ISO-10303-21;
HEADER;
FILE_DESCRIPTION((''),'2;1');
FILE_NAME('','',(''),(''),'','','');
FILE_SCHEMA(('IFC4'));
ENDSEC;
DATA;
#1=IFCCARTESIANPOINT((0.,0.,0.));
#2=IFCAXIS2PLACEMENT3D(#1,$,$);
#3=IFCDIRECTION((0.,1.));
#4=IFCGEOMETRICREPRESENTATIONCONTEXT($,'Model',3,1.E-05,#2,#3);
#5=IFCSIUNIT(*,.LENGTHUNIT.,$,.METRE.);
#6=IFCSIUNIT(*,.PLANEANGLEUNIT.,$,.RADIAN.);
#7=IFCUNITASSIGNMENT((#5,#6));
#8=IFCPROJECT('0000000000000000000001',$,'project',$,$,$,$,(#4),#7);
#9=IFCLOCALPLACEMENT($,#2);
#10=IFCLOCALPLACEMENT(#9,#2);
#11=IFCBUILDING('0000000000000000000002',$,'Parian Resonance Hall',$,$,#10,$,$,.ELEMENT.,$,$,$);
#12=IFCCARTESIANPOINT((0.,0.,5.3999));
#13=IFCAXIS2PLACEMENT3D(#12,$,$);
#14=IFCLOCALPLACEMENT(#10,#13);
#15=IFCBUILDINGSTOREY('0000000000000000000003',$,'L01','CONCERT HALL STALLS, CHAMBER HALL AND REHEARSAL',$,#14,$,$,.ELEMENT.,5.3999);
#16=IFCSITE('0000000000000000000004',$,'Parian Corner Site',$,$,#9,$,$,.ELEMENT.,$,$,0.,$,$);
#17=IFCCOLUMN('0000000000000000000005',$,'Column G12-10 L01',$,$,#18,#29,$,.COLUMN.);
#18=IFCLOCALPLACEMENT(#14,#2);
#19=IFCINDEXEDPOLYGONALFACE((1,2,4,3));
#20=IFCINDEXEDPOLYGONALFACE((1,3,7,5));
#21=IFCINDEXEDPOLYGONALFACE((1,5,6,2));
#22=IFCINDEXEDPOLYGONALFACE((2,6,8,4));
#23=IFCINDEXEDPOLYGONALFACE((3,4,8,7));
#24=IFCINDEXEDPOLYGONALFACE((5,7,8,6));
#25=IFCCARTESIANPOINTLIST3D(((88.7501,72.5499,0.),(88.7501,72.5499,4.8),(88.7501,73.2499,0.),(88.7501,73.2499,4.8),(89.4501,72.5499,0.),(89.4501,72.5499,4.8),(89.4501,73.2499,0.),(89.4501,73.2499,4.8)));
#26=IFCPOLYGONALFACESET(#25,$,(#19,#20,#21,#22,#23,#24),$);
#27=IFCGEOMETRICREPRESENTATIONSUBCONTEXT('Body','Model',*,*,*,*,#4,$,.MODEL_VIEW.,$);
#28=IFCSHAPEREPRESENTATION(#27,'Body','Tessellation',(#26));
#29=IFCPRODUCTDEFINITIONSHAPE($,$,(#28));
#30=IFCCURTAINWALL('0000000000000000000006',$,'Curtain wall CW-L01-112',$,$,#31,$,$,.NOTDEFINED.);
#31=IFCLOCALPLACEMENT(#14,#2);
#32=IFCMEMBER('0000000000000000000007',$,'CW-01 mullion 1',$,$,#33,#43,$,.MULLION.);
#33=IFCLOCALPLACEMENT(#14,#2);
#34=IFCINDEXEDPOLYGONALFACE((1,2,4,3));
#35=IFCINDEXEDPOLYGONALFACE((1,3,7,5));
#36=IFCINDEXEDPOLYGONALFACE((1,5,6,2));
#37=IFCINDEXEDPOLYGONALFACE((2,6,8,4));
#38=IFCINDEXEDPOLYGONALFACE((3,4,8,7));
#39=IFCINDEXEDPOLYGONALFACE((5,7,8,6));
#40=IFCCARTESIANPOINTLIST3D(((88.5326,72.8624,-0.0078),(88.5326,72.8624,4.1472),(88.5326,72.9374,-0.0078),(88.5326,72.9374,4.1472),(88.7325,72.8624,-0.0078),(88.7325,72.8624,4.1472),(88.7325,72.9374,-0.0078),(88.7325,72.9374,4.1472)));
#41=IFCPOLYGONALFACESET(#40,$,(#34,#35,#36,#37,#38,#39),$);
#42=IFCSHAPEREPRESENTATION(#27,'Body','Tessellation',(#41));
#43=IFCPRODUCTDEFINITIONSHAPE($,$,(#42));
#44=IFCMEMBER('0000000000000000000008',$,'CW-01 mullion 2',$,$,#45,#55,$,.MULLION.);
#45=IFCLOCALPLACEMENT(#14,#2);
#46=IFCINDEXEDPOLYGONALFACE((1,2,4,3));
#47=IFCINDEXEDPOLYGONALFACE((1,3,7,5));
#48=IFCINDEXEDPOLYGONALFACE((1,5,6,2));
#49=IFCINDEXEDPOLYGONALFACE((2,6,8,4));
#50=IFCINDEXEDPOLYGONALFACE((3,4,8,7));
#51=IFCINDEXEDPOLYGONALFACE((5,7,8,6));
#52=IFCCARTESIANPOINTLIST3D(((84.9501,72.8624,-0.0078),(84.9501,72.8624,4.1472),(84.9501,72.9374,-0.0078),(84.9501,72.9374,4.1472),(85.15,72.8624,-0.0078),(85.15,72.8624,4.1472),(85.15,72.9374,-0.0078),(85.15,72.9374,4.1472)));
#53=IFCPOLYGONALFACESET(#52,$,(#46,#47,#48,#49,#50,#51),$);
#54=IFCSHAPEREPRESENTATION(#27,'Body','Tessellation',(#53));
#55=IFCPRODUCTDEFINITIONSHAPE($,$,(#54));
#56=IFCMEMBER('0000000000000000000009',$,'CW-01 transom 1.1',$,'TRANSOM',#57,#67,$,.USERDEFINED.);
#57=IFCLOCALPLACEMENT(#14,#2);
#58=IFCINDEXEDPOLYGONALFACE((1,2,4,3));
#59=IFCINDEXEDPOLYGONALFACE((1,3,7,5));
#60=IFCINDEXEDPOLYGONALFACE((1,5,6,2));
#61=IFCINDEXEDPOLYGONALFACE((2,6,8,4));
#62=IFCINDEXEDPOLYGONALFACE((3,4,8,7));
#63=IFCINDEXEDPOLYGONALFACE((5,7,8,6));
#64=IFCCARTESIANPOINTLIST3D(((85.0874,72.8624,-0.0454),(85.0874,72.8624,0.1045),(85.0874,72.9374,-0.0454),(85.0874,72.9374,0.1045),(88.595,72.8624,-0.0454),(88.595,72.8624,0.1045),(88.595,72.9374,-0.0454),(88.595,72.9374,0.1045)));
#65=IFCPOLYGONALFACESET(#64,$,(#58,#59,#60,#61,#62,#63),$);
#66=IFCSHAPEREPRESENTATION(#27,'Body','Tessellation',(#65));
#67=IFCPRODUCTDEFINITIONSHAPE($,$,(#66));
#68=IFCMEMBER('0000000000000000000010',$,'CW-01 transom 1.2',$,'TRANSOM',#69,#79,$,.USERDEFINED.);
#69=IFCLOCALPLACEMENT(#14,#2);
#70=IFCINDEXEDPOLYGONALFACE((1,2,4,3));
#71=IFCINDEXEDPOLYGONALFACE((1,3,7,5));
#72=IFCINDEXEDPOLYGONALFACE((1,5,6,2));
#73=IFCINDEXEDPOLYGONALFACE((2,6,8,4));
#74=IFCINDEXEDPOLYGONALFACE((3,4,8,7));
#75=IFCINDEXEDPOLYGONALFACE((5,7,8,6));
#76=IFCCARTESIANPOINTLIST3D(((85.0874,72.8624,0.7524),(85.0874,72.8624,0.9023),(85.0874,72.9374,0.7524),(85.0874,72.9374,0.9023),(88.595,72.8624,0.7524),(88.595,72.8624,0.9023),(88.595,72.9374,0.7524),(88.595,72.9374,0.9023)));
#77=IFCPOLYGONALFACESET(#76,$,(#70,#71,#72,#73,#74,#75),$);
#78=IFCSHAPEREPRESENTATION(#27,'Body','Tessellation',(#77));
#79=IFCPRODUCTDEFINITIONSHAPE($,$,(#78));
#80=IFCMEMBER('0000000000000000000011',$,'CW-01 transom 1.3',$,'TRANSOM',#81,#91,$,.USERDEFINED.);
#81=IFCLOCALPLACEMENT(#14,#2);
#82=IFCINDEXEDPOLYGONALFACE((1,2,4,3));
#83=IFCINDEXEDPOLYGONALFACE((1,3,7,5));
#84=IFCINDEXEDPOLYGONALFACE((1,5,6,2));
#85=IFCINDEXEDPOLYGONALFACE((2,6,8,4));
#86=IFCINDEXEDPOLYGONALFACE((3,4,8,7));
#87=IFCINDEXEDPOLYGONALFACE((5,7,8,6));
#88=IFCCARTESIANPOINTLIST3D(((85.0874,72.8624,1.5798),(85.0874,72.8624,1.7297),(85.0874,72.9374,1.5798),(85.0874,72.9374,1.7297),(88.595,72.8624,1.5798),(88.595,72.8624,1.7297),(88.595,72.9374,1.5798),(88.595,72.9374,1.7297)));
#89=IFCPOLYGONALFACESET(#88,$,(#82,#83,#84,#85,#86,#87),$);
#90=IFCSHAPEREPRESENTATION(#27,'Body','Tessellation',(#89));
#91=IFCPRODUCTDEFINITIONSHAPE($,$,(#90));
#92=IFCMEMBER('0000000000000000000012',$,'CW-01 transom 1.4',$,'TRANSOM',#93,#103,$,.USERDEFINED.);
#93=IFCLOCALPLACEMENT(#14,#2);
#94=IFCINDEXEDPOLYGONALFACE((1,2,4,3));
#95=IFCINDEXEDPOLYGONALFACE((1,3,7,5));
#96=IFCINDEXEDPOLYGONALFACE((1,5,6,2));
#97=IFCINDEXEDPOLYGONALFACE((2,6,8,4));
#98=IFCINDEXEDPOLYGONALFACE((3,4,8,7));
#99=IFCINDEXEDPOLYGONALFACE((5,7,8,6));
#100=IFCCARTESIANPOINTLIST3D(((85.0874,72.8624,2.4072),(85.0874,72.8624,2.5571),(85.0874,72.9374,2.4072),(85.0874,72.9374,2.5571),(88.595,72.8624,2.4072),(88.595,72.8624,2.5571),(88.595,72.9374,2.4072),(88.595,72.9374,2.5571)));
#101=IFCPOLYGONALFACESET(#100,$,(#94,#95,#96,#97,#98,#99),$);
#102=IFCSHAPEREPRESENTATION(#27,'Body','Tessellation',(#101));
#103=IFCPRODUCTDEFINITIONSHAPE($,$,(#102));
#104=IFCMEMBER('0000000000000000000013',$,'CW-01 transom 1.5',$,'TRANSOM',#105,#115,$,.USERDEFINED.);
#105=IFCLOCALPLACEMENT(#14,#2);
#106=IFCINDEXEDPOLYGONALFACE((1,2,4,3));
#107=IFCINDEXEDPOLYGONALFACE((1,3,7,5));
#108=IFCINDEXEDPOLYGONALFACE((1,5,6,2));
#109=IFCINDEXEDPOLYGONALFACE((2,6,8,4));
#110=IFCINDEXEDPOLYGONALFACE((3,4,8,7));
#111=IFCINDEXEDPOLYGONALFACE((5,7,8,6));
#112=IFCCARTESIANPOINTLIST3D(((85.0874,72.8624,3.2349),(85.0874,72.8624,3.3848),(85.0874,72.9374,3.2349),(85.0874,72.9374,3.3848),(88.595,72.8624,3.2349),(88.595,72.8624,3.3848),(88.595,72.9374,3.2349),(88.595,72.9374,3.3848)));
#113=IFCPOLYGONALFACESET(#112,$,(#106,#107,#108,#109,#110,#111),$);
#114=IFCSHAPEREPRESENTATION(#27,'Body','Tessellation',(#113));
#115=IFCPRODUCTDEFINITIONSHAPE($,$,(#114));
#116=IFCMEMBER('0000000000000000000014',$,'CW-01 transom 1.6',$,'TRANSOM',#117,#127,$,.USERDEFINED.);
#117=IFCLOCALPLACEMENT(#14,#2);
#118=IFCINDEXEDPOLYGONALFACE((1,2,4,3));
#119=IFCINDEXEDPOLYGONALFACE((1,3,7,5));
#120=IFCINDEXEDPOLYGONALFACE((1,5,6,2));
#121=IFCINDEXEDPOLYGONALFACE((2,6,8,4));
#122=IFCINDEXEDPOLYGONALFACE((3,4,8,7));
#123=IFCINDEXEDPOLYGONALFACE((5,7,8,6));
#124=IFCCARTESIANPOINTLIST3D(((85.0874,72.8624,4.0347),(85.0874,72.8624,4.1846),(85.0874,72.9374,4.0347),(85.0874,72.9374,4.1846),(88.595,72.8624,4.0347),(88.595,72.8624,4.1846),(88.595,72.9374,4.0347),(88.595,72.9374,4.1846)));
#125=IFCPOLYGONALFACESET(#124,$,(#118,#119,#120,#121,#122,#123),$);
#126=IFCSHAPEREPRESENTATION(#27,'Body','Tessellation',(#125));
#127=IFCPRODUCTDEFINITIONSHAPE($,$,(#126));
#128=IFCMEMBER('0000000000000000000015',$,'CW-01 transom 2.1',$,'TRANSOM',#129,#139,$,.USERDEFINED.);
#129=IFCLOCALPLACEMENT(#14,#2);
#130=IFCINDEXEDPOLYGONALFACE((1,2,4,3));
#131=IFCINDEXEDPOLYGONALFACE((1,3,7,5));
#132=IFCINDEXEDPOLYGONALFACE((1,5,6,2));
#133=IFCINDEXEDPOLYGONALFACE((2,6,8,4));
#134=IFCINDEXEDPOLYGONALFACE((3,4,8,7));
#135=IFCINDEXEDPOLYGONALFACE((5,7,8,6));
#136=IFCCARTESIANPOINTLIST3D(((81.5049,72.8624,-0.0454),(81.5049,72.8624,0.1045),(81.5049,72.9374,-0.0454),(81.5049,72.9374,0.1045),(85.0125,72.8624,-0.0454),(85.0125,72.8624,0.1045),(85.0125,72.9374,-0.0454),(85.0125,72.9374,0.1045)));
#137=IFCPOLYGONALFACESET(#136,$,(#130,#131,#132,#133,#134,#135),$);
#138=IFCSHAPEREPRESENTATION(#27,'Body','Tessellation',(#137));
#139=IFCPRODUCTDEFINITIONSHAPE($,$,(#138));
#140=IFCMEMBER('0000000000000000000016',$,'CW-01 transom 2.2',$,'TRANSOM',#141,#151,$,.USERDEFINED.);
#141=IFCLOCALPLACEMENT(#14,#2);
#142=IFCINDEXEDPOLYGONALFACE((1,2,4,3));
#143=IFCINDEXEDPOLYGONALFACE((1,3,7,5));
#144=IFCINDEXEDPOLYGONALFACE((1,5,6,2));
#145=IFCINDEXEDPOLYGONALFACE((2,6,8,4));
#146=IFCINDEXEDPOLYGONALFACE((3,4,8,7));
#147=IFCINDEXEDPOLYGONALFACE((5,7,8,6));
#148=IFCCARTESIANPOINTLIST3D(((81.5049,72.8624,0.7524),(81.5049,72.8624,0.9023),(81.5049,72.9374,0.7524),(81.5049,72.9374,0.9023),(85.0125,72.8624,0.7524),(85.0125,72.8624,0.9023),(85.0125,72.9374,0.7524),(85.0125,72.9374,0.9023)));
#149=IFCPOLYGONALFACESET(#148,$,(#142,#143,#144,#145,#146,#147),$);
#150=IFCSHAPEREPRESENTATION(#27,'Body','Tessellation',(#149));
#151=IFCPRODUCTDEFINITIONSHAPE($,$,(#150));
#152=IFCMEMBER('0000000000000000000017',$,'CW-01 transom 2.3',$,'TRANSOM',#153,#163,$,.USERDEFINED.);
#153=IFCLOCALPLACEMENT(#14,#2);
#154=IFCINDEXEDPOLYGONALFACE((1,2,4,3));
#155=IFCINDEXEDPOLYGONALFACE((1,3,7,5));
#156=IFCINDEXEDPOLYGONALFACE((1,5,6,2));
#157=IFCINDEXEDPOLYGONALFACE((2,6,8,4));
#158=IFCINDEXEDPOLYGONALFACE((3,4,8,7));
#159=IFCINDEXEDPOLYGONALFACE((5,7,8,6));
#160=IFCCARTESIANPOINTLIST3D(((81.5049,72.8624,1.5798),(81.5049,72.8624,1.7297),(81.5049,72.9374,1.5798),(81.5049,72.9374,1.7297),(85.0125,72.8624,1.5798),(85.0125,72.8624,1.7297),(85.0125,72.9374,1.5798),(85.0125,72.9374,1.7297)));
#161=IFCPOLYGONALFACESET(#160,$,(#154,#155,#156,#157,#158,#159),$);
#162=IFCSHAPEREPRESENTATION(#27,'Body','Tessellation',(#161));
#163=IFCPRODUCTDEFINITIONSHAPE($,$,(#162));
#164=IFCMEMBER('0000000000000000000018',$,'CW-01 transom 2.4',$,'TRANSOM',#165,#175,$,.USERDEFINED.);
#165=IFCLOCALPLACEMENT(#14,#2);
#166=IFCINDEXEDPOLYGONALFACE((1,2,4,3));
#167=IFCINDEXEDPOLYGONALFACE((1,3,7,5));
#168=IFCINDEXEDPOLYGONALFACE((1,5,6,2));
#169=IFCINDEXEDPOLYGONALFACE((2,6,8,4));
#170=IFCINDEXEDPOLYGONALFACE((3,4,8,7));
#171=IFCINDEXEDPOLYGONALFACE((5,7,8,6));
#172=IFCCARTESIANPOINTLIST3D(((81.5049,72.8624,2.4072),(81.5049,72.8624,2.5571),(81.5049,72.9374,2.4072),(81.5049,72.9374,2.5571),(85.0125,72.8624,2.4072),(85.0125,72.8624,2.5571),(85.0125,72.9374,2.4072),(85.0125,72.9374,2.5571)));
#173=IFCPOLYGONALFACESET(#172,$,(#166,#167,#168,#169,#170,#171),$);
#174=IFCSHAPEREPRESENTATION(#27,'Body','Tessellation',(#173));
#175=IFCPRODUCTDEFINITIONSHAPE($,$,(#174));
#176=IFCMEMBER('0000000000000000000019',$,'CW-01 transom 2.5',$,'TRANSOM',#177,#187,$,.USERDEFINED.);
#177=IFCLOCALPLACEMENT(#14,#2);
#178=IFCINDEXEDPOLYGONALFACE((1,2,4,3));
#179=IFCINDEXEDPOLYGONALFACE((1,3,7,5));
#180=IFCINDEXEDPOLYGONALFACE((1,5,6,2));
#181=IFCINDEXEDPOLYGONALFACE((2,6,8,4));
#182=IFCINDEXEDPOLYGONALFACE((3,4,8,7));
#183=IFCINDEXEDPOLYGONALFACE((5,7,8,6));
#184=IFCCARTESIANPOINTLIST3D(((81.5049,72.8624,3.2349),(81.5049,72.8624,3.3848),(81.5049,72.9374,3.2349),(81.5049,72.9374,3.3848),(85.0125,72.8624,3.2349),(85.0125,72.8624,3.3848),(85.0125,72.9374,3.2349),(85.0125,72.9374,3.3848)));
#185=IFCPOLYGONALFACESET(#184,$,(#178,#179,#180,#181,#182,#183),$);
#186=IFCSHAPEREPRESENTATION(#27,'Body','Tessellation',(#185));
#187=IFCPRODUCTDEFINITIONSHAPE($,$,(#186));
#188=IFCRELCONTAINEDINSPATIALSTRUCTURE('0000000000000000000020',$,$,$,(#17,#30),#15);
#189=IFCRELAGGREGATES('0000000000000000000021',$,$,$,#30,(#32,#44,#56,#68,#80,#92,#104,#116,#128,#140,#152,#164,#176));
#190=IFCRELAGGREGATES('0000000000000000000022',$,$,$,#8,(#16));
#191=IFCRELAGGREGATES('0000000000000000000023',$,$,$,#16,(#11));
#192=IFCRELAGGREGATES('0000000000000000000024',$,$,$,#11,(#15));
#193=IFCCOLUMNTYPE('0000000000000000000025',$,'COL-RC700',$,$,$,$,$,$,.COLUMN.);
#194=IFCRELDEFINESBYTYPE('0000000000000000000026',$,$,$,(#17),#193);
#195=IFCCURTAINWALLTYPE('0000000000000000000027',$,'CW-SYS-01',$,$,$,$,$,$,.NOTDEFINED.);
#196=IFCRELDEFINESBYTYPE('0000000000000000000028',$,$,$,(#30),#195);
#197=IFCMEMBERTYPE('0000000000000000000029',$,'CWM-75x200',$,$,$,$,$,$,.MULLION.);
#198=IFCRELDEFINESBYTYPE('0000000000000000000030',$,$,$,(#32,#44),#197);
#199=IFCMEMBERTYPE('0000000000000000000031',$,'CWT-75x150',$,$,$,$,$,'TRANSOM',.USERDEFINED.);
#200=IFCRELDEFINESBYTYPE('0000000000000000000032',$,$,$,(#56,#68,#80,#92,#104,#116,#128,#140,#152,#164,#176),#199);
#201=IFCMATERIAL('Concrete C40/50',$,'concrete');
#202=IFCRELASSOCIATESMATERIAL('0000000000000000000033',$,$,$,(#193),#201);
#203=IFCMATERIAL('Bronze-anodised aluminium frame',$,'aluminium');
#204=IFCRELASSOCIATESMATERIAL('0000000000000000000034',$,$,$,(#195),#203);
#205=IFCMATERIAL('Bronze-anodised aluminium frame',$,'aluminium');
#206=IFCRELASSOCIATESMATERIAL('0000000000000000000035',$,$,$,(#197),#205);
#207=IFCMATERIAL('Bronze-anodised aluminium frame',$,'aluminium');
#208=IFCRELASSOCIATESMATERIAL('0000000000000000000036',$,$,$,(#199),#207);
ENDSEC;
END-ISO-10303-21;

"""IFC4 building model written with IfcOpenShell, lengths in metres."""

from ifc_helpers import new_model, si_unit, direction, frame, origin, origin_2d, place, context, subcontext, project, spatial, rectangle, extrude, material, material_profile, profile_set, type_object, element, aggregate, save


model = new_model("IFC4")

# Units and contexts
model_context = context("Model", 3, precision=1e-05, world=origin(), true_north=direction((0.0, 1.0)))
body_context = subcontext(model_context, "Body", "Model", "MODEL_VIEW")
ifc_project = project(units=[si_unit("LENGTHUNIT", "METRE"), si_unit("PLANEANGLEUNIT", "RADIAN")], contexts=[model_context])

# Site, building, storey
site_placement = place(None, origin())
site = spatial("IfcSite", under=ifc_project, at=site_placement, Name="Parian Corner Site", CompositionType="ELEMENT", RefElevation=0.0)
building_placement = place(site_placement, origin())
building = spatial("IfcBuilding", under=site, at=building_placement, Name="Parian Resonance Hall", CompositionType="ELEMENT")
storey_placement = place(building_placement, frame((0.0, 0.0, 5.3999)))
storey = spatial("IfcBuildingStorey", under=building, at=storey_placement, Name="L01", Description="CONCERT HALL STALLS, CHAMBER HALL AND REHEARSAL", CompositionType="ELEMENT", Elevation=5.3999)

# Column
ifc_material_1 = material(Name="Concrete C40/50", Category="concrete")
ifc_material_profile_1 = material_profile(ifc_material_1, rectangle(XDim=0.7, YDim=0.7, at=origin_2d()), Name="RC-COL-700x700")
ifc_profile_set_1 = profile_set([ifc_material_profile_1], Name="Concrete C40/50")
column_type = type_object("IfcColumnType", Name="COL-RC700", PredefinedType="COLUMN", material=ifc_profile_set_1)
column_placement = place(storey_placement, frame((89.1001, 72.8999, 0.0), z_axis=(0.0, 0.0, 1.0), x_axis=(1.0, 0.0, 0.0)))
element("IfcColumn", 1, at=column_placement, inside=storey, type_object=column_type, Name="Column G12-10 L01", PredefinedType="COLUMN", context=body_context, shape_type="SweptSolid", body=[
    extrude(rectangle(XDim=0.7, YDim=0.7, at=origin_2d()), origin(), (0.0, 0.0, 1.0), 4.8),
])

# Curtain wall, members
ifc_material_2 = material(Name="Bronze-anodised aluminium frame", Category="aluminium")
curtain_wall_type = type_object("IfcCurtainWallType", Name="CW-SYS-01", PredefinedType="NOTDEFINED", material=ifc_material_2)
curtain_wall_placement = place(storey_placement, origin())
curtain_wall = element("IfcCurtainWall", 2, at=curtain_wall_placement, inside=storey, type_object=curtain_wall_type, Name="Curtain wall CW-L01-112", PredefinedType="NOTDEFINED")
ifc_material_3 = material(Name="Bronze-anodised aluminium frame", Category="aluminium")
ifc_material_profile_2 = material_profile(ifc_material_3, rectangle(XDim=0.075, YDim=0.2, at=origin_2d()), Name="CWM-75x200")
ifc_profile_set_2 = profile_set([ifc_material_profile_2], Name="Bronze-anodised aluminium frame")
member_type_1 = type_object("IfcMemberType", Name="CWM-75x200", PredefinedType="MULLION", material=ifc_profile_set_2)
member_1_placement = place(storey_placement, frame((88.6326, 72.8999, -0.0078), z_axis=(0.0, 0.0, 1.0), x_axis=(0.0, -1.0, 0.0)))
member_1 = element("IfcMember", 3, at=member_1_placement, type_object=member_type_1, Name="CW-01 mullion 1", PredefinedType="MULLION", context=body_context, shape_type="SweptSolid", body=[
    extrude(rectangle(XDim=0.075, YDim=0.2, at=origin_2d()), origin(), (0.0, 0.0, 1.0), 4.155),
])
member_2_placement = place(storey_placement, frame((85.05, 72.8999, -0.0078), z_axis=(0.0, 0.0, 1.0), x_axis=(0.0, -1.0, 0.0)))
member_2 = element("IfcMember", 4, at=member_2_placement, type_object=member_type_1, Name="CW-01 mullion 2", PredefinedType="MULLION", context=body_context, shape_type="SweptSolid", body=[
    extrude(rectangle(XDim=0.075, YDim=0.2, at=origin_2d()), origin(), (0.0, 0.0, 1.0), 4.155),
])
ifc_material_4 = material(Name="Bronze-anodised aluminium frame", Category="aluminium")
ifc_material_profile_3 = material_profile(ifc_material_4, rectangle(XDim=0.075, YDim=0.1499, at=origin_2d()), Name="CWT-75x150")
ifc_profile_set_3 = profile_set([ifc_material_profile_3], Name="Bronze-anodised aluminium frame")
member_type_2 = type_object("IfcMemberType", Name="CWT-75x150", ElementType="TRANSOM", PredefinedType="USERDEFINED", material=ifc_profile_set_3)
member_3_placement = place(storey_placement, frame((88.595, 72.8999, 0.0295), z_axis=(-1.0, 0.0, 0.0), x_axis=(0.0, -1.0, 0.0)))
member_3 = element("IfcMember", 5, at=member_3_placement, type_object=member_type_2, Name="CW-01 transom 1.1", ObjectType="TRANSOM", PredefinedType="USERDEFINED", context=body_context, shape_type="SweptSolid", body=[
    extrude(rectangle(XDim=0.075, YDim=0.1499, at=origin_2d()), origin(), (0.0, 0.0, 1.0), 3.5076),
])
member_4_placement = place(storey_placement, frame((88.595, 72.8999, 0.8274), z_axis=(-1.0, 0.0, 0.0), x_axis=(0.0, -1.0, 0.0)))
member_4 = element("IfcMember", 6, at=member_4_placement, type_object=member_type_2, Name="CW-01 transom 1.2", ObjectType="TRANSOM", PredefinedType="USERDEFINED", context=body_context, shape_type="SweptSolid", body=[
    extrude(rectangle(XDim=0.075, YDim=0.1499, at=origin_2d()), origin(), (0.0, 0.0, 1.0), 3.5076),
])
member_5_placement = place(storey_placement, frame((88.595, 72.8999, 1.6548), z_axis=(-1.0, 0.0, 0.0), x_axis=(0.0, -1.0, 0.0)))
member_5 = element("IfcMember", 7, at=member_5_placement, type_object=member_type_2, Name="CW-01 transom 1.3", ObjectType="TRANSOM", PredefinedType="USERDEFINED", context=body_context, shape_type="SweptSolid", body=[
    extrude(rectangle(XDim=0.075, YDim=0.1499, at=origin_2d()), origin(), (0.0, 0.0, 1.0), 3.5076),
])
member_6_placement = place(storey_placement, frame((88.595, 72.8999, 2.4822), z_axis=(-1.0, 0.0, 0.0), x_axis=(0.0, -1.0, 0.0)))
member_6 = element("IfcMember", 8, at=member_6_placement, type_object=member_type_2, Name="CW-01 transom 1.4", ObjectType="TRANSOM", PredefinedType="USERDEFINED", context=body_context, shape_type="SweptSolid", body=[
    extrude(rectangle(XDim=0.075, YDim=0.1499, at=origin_2d()), origin(), (0.0, 0.0, 1.0), 3.5076),
])
member_7_placement = place(storey_placement, frame((88.595, 72.8999, 3.3098), z_axis=(-1.0, 0.0, 0.0), x_axis=(0.0, -1.0, 0.0)))
member_7 = element("IfcMember", 9, at=member_7_placement, type_object=member_type_2, Name="CW-01 transom 1.5", ObjectType="TRANSOM", PredefinedType="USERDEFINED", context=body_context, shape_type="SweptSolid", body=[
    extrude(rectangle(XDim=0.075, YDim=0.1499, at=origin_2d()), origin(), (0.0, 0.0, 1.0), 3.5076),
])
member_8_placement = place(storey_placement, frame((88.595, 72.8999, 4.1096), z_axis=(-1.0, 0.0, 0.0), x_axis=(0.0, -1.0, 0.0)))
member_8 = element("IfcMember", 10, at=member_8_placement, type_object=member_type_2, Name="CW-01 transom 1.6", ObjectType="TRANSOM", PredefinedType="USERDEFINED", context=body_context, shape_type="SweptSolid", body=[
    extrude(rectangle(XDim=0.075, YDim=0.1499, at=origin_2d()), origin(), (0.0, 0.0, 1.0), 3.5076),
])
member_9_placement = place(storey_placement, frame((85.0125, 72.8999, 0.0295), z_axis=(-1.0, 0.0, 0.0), x_axis=(0.0, -1.0, 0.0)))
member_9 = element("IfcMember", 11, at=member_9_placement, type_object=member_type_2, Name="CW-01 transom 2.1", ObjectType="TRANSOM", PredefinedType="USERDEFINED", context=body_context, shape_type="SweptSolid", body=[
    extrude(rectangle(XDim=0.075, YDim=0.1499, at=origin_2d()), origin(), (0.0, 0.0, 1.0), 3.5076),
])
member_10_placement = place(storey_placement, frame((85.0125, 72.8999, 0.8274), z_axis=(-1.0, 0.0, 0.0), x_axis=(0.0, -1.0, 0.0)))
member_10 = element("IfcMember", 12, at=member_10_placement, type_object=member_type_2, Name="CW-01 transom 2.2", ObjectType="TRANSOM", PredefinedType="USERDEFINED", context=body_context, shape_type="SweptSolid", body=[
    extrude(rectangle(XDim=0.075, YDim=0.1499, at=origin_2d()), origin(), (0.0, 0.0, 1.0), 3.5076),
])
member_11_placement = place(storey_placement, frame((85.0125, 72.8999, 1.6548), z_axis=(-1.0, 0.0, 0.0), x_axis=(0.0, -1.0, 0.0)))
member_11 = element("IfcMember", 13, at=member_11_placement, type_object=member_type_2, Name="CW-01 transom 2.3", ObjectType="TRANSOM", PredefinedType="USERDEFINED", context=body_context, shape_type="SweptSolid", body=[
    extrude(rectangle(XDim=0.075, YDim=0.1499, at=origin_2d()), origin(), (0.0, 0.0, 1.0), 3.5076),
])
member_12_placement = place(storey_placement, frame((85.0125, 72.8999, 2.4822), z_axis=(-1.0, 0.0, 0.0), x_axis=(0.0, -1.0, 0.0)))
member_12 = element("IfcMember", 14, at=member_12_placement, type_object=member_type_2, Name="CW-01 transom 2.4", ObjectType="TRANSOM", PredefinedType="USERDEFINED", context=body_context, shape_type="SweptSolid", body=[
    extrude(rectangle(XDim=0.075, YDim=0.1499, at=origin_2d()), origin(), (0.0, 0.0, 1.0), 3.5076),
])
member_13_placement = place(storey_placement, frame((85.0125, 72.8999, 3.3098), z_axis=(-1.0, 0.0, 0.0), x_axis=(0.0, -1.0, 0.0)))
member_13 = element("IfcMember", 15, at=member_13_placement, type_object=member_type_2, Name="CW-01 transom 2.5", ObjectType="TRANSOM", PredefinedType="USERDEFINED", context=body_context, shape_type="SweptSolid", body=[
    extrude(rectangle(XDim=0.075, YDim=0.1499, at=origin_2d()), origin(), (0.0, 0.0, 1.0), 3.5076),
])
aggregate(curtain_wall, [member_1, member_2, member_3, member_4, member_5, member_6, member_7, member_8, member_9, member_10, member_11, member_12, member_13])

save(model, "model.ifc")
